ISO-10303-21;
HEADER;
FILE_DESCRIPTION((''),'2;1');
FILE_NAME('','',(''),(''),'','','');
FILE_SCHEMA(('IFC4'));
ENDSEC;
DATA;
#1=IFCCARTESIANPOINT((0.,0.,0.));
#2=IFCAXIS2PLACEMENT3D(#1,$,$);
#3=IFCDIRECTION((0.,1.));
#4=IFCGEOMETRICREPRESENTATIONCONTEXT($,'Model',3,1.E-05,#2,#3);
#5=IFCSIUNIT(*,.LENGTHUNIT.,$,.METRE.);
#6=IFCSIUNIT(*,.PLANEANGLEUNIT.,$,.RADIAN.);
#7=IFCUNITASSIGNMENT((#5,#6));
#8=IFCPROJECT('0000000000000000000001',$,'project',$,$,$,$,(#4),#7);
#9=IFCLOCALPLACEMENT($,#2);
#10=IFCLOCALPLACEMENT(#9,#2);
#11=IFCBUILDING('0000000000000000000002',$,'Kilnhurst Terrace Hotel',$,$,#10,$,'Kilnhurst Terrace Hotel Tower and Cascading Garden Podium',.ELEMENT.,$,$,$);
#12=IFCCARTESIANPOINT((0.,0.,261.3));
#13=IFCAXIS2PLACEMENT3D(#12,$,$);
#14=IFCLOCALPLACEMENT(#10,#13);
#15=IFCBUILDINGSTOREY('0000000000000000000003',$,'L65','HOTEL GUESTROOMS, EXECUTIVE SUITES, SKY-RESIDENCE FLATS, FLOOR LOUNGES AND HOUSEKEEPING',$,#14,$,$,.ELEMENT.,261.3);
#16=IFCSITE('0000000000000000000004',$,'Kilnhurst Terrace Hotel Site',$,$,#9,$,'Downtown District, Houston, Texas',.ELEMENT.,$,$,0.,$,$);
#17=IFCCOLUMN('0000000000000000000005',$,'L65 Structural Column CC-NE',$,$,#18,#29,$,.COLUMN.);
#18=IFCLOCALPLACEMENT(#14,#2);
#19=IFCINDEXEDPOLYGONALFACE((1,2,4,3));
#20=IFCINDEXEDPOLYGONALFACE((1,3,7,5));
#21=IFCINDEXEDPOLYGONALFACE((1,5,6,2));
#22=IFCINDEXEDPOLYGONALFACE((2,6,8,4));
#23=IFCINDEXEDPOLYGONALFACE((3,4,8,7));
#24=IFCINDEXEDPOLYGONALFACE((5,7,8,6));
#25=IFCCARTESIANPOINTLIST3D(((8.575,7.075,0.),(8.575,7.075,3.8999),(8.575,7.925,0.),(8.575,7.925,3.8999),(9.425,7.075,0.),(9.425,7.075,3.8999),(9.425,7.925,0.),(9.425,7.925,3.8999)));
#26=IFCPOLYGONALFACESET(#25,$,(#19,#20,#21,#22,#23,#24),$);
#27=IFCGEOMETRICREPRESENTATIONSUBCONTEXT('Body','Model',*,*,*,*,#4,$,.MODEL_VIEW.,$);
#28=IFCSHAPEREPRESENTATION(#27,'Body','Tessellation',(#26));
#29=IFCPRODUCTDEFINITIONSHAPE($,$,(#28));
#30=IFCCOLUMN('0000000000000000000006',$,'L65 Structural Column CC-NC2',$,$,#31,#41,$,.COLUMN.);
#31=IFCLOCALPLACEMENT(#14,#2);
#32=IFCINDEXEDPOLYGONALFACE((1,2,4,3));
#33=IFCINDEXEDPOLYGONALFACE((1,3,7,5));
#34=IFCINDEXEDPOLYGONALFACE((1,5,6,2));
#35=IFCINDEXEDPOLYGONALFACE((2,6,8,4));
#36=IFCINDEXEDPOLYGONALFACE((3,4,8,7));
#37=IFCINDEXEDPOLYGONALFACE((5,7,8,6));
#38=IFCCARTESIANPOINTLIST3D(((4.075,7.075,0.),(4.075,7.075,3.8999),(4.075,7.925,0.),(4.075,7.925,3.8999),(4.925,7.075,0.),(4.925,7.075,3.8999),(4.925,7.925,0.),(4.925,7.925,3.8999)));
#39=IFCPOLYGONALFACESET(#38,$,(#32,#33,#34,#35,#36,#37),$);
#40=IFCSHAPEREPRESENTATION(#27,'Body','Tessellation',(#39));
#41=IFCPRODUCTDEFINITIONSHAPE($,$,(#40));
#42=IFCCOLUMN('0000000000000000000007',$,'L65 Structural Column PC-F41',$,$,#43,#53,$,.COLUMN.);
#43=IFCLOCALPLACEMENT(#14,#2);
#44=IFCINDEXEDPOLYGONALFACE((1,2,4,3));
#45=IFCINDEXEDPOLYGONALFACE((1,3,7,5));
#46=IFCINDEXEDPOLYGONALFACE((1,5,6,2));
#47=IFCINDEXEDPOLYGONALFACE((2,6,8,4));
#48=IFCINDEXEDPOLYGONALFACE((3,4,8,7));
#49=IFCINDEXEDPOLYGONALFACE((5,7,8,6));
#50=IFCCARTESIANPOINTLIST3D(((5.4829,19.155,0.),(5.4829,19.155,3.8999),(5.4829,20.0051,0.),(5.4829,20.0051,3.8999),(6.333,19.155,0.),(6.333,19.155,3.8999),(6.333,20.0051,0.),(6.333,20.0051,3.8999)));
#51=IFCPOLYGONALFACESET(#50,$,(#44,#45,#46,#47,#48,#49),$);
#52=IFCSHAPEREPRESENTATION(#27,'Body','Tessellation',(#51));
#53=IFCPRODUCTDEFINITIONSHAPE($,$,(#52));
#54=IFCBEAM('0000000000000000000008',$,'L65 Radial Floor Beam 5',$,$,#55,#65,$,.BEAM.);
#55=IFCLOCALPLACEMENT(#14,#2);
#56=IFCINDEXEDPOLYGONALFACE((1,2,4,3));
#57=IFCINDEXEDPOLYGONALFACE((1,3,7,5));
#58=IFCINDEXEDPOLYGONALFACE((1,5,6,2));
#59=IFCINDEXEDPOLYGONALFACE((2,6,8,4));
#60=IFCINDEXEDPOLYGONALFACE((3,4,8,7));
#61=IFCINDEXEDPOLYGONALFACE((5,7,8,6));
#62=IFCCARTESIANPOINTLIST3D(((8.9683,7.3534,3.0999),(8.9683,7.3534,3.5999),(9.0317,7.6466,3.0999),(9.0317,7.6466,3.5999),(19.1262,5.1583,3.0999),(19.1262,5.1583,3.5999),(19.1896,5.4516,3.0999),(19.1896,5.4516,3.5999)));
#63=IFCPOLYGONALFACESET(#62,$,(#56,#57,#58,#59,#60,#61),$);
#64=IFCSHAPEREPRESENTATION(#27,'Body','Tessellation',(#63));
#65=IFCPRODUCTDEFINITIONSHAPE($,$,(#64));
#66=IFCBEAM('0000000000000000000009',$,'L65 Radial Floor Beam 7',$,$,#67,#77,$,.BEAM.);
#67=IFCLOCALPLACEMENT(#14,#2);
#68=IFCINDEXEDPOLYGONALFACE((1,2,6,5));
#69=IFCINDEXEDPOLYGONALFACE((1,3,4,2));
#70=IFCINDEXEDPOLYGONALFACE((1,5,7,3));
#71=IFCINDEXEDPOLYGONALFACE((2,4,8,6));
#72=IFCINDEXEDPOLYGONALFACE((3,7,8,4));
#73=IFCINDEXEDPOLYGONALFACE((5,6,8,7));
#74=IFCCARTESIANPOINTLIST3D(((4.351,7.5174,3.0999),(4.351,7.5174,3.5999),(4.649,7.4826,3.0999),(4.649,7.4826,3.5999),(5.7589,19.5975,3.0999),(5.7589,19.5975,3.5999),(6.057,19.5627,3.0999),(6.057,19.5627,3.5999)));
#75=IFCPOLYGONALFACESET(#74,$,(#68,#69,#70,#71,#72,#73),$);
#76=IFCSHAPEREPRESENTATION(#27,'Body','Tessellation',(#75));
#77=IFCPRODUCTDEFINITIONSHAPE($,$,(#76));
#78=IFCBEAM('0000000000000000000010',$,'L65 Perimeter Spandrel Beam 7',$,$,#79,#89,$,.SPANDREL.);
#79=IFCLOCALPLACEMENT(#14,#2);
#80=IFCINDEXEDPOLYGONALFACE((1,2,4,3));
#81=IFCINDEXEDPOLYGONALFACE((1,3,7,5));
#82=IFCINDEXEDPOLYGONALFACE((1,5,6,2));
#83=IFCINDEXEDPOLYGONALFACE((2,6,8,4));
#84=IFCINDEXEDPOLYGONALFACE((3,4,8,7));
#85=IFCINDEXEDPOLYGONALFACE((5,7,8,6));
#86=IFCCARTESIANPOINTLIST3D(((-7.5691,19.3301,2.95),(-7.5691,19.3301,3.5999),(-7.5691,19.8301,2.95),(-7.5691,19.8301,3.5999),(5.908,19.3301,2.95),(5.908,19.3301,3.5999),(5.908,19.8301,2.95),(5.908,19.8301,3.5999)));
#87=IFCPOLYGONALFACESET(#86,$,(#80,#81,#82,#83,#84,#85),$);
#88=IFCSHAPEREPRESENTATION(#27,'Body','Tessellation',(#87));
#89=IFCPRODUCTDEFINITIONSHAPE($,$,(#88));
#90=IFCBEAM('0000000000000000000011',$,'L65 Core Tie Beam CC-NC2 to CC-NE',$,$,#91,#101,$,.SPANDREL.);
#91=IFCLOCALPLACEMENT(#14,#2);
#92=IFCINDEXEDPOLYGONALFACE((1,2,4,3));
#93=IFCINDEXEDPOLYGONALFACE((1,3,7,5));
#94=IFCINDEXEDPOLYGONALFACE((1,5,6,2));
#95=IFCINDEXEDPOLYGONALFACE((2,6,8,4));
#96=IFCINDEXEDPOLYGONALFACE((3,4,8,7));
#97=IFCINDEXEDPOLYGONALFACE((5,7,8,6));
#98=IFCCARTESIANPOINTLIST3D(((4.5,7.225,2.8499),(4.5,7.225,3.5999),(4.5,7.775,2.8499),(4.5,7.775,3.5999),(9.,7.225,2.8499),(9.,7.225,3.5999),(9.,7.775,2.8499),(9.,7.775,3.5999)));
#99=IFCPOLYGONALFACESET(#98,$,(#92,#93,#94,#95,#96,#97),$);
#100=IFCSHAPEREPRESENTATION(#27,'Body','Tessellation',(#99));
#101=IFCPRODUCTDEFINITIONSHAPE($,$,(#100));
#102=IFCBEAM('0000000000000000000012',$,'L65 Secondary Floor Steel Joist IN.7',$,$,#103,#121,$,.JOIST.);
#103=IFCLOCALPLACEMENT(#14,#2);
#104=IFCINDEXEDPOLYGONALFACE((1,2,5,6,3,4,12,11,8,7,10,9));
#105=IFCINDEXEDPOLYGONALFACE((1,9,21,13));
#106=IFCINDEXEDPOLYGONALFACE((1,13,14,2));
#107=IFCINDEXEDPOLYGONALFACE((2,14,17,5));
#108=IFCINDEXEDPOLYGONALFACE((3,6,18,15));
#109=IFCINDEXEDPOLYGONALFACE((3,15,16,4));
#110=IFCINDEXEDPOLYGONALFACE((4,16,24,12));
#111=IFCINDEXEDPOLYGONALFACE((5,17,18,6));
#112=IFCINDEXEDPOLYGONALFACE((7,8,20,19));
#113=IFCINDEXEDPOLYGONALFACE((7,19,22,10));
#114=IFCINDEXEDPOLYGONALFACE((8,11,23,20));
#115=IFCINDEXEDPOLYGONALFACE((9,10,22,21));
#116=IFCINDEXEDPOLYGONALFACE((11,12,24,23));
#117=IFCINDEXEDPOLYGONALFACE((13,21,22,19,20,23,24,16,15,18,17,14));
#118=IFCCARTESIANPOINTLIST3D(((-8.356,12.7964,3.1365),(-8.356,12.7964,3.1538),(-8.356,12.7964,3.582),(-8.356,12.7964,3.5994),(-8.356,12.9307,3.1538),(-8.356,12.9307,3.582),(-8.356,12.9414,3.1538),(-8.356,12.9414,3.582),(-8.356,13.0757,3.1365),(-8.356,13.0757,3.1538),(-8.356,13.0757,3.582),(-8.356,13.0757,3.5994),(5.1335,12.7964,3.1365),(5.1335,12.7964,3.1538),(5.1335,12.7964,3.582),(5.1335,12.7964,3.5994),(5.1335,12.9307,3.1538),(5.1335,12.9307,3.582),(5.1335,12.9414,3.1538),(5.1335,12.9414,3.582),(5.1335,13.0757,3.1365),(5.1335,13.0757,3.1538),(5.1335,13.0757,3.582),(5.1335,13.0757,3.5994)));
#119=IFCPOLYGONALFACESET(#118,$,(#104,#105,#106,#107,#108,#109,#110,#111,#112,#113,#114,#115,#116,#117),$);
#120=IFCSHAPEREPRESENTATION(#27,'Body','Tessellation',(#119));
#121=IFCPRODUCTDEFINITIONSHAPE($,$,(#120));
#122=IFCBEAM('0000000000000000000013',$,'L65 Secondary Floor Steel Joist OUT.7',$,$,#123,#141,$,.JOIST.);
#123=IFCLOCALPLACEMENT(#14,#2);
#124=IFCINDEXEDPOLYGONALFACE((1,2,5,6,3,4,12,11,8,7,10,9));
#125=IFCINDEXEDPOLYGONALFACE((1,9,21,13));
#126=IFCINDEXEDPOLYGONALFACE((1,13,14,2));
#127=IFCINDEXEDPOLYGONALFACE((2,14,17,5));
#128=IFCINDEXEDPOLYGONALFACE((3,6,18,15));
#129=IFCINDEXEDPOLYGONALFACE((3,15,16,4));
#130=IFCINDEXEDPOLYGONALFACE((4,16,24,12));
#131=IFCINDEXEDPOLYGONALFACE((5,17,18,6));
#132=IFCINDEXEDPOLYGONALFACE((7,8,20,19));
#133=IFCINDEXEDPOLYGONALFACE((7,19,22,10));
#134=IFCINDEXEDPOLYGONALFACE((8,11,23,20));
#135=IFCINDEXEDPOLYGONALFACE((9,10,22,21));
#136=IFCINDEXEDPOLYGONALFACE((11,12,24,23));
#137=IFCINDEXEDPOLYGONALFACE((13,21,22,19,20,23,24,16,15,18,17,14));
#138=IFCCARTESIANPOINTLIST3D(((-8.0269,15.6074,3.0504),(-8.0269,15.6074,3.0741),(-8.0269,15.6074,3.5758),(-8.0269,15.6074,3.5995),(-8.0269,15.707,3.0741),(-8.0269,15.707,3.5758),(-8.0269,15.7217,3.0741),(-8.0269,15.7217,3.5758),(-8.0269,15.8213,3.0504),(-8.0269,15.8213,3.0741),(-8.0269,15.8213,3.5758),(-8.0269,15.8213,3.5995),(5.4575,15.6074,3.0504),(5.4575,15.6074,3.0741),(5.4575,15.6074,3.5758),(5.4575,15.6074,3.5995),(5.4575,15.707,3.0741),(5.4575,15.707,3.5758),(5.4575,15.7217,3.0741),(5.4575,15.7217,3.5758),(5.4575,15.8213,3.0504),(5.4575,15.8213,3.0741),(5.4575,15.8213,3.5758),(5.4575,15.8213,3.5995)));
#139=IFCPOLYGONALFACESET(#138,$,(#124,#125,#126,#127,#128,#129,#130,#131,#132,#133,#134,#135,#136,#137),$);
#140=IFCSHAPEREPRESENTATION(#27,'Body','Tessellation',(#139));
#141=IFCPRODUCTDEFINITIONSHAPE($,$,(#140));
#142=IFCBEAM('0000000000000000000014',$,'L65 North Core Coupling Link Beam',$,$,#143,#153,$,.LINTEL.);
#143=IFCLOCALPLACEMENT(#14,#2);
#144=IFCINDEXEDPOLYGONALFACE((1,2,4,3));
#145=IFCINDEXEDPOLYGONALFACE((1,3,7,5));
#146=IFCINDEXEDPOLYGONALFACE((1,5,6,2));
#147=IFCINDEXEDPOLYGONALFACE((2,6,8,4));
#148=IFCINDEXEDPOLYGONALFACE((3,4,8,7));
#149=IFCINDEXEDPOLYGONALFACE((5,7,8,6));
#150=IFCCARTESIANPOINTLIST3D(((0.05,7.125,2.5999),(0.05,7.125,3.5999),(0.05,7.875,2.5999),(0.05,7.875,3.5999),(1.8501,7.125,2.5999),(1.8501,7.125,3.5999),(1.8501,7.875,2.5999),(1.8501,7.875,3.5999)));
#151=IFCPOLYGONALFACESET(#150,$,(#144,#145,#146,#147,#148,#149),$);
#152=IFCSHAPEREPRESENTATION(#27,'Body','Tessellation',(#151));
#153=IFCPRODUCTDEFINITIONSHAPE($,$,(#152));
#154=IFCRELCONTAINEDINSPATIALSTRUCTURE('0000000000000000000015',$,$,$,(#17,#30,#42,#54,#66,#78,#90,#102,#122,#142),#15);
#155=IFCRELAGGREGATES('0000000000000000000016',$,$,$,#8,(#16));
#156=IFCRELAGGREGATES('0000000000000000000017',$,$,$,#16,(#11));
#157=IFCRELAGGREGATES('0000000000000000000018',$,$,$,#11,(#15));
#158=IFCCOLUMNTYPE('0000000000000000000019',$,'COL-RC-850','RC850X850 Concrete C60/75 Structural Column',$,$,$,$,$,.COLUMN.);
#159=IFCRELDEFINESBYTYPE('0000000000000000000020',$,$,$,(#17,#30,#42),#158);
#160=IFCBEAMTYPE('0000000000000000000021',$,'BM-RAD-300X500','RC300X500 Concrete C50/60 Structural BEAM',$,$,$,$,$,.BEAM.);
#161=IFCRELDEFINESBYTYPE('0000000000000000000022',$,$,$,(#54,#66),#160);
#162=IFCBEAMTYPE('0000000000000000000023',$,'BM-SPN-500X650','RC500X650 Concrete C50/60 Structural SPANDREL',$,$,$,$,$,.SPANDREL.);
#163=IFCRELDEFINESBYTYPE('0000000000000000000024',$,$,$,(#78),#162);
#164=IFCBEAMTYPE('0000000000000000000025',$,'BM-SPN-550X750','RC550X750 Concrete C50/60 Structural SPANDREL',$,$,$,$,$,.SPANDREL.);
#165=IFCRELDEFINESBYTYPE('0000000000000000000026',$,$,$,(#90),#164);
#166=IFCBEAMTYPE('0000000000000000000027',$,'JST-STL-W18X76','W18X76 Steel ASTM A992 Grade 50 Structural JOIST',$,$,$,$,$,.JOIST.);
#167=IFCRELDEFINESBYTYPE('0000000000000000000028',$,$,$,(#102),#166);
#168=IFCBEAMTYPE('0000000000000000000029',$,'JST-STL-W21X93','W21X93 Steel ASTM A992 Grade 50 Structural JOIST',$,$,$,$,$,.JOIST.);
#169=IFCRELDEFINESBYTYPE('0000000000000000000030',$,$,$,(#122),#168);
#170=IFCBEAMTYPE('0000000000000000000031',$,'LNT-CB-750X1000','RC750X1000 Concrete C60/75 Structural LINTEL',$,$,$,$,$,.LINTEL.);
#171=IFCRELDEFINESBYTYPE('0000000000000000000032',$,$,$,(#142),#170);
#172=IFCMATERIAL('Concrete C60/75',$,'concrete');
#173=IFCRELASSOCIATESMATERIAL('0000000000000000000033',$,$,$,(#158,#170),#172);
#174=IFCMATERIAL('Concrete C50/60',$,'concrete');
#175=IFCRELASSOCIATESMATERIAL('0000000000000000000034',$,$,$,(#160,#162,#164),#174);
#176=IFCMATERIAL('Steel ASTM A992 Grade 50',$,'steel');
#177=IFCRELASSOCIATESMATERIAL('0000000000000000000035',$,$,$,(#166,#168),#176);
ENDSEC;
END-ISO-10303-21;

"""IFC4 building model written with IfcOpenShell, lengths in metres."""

from ifc_helpers import new_model, si_unit, direction, frame, origin, origin_2d, place, context, subcontext, project, spatial, rectangle, i_section, extrude, material, material_profile, profile_set, type_object, element, save


model = new_model("IFC4")

# Units and contexts
model_context = context("Model", 3, precision=1e-05, world=origin(), true_north=direction((0.0, 1.0)))
body_context = subcontext(model_context, "Body", "Model", "MODEL_VIEW")
ifc_project = project(units=[si_unit("LENGTHUNIT", "METRE"), si_unit("PLANEANGLEUNIT", "RADIAN")], contexts=[model_context])

# Site, building, storey
site_placement = place(None, origin())
site = spatial("IfcSite", under=ifc_project, at=site_placement, Name="Kilnhurst Terrace Hotel Site", LongName="Downtown District, Houston, Texas", CompositionType="ELEMENT", RefElevation=0.0)
building_placement = place(site_placement, origin())
building = spatial("IfcBuilding", under=site, at=building_placement, Name="Kilnhurst Terrace Hotel", LongName="Kilnhurst Terrace Hotel Tower and Cascading Garden Podium", CompositionType="ELEMENT")
storey_placement = place(building_placement, frame((0.0, 0.0, 261.3)))
storey = spatial("IfcBuildingStorey", under=building, at=storey_placement, Name="L65", Description="HOTEL GUESTROOMS, EXECUTIVE SUITES, SKY-RESIDENCE FLATS, FLOOR LOUNGES AND HOUSEKEEPING", CompositionType="ELEMENT", Elevation=261.3)

# Columns
ifc_material_1 = material(Name="Concrete C60/75", Category="concrete")
ifc_material_profile_1 = material_profile(ifc_material_1, rectangle(XDim=0.8501, YDim=0.8501, at=origin_2d()), Name="RC850X850")
ifc_profile_set_1 = profile_set([ifc_material_profile_1], Name="Concrete C60/75")
column_type = type_object("IfcColumnType", Name="COL-RC-850", Description="RC850X850 Concrete C60/75 Structural Column", PredefinedType="COLUMN", material=ifc_profile_set_1)
for number, where, z_axis, x_axis, name in (
    (1, (9.0, 7.5, 0.0), (0.0, 0.0, 1.0), (1.0, 0.0, 0.0), "L65 Structural Column CC-NE"),
    (2, (4.5, 7.5, 0.0), (0.0, 0.0, 1.0), (1.0, 0.0, 0.0), "L65 Structural Column CC-NC2"),
    (3, (5.908, 19.5801, 0.0), (0.0, 0.0, 1.0), (1.0, 0.0, 0.0), "L65 Structural Column PC-F41"),
):
    element("IfcColumn", number, at=place(storey_placement, frame(where, z_axis=z_axis, x_axis=x_axis)), inside=storey, type_object=column_type, Name=name, PredefinedType="COLUMN", context=body_context, shape_type="SweptSolid", body=[
        extrude(rectangle(XDim=0.8501, YDim=0.8501, at=origin_2d()), origin(), (0.0, 0.0, 1.0), 3.8999),
    ])

# Beams
ifc_material_2 = material(Name="Concrete C50/60", Category="concrete")
ifc_material_profile_2 = material_profile(ifc_material_2, rectangle(XDim=0.3, YDim=0.5, at=origin_2d()), Name="RC300X500")
ifc_profile_set_2 = profile_set([ifc_material_profile_2], Name="Concrete C50/60")
beam_type_1 = type_object("IfcBeamType", Name="BM-RAD-300X500", Description="RC300X500 Concrete C50/60 Structural BEAM", PredefinedType="BEAM", material=ifc_profile_set_2)
beam_1_placement = place(storey_placement, frame((9.0, 7.5, 3.3499), z_axis=(0.977439, -0.211218, 0.0), x_axis=(0.211218, 0.977439, 0.0)))
element("IfcBeam", 4, at=beam_1_placement, inside=storey, type_object=beam_type_1, Name="L65 Radial Floor Beam 5", PredefinedType="BEAM", context=body_context, shape_type="SweptSolid", body=[
    extrude(rectangle(XDim=0.3, YDim=0.5, at=origin_2d()), origin(), (0.0, 0.0, 1.0), 10.3923),
])
beam_2_placement = place(storey_placement, frame((4.5, 7.5, 3.3499), z_axis=(0.115768, 0.993276, 0.0), x_axis=(-0.993276, 0.115768, 0.0)))
element("IfcBeam", 5, at=beam_2_placement, inside=storey, type_object=beam_type_1, Name="L65 Radial Floor Beam 7", PredefinedType="BEAM", context=body_context, shape_type="SweptSolid", body=[
    extrude(rectangle(XDim=0.3, YDim=0.5, at=origin_2d()), origin(), (0.0, 0.0, 1.0), 12.1619),
])
ifc_material_profile_3 = material_profile(ifc_material_2, rectangle(XDim=0.5, YDim=0.6499, at=origin_2d()), Name="RC500X650")
ifc_profile_set_3 = profile_set([ifc_material_profile_3], Name="Concrete C50/60")
beam_type_2 = type_object("IfcBeamType", Name="BM-SPN-500X650", Description="RC500X650 Concrete C50/60 Structural SPANDREL", PredefinedType="SPANDREL", material=ifc_profile_set_3)
beam_3_placement = place(storey_placement, frame((5.908, 19.5801, 3.2749), z_axis=(-1.0, 0.0, 0.0), x_axis=(0.0, -1.0, 0.0)))
element("IfcBeam", 6, at=beam_3_placement, inside=storey, type_object=beam_type_2, Name="L65 Perimeter Spandrel Beam 7", PredefinedType="SPANDREL", context=body_context, shape_type="SweptSolid", body=[
    extrude(rectangle(XDim=0.5, YDim=0.6499, at=origin_2d()), origin(), (0.0, 0.0, 1.0), 13.4771),
])
ifc_material_profile_4 = material_profile(ifc_material_2, rectangle(XDim=0.55, YDim=0.75, at=origin_2d()), Name="RC550X750")
ifc_profile_set_4 = profile_set([ifc_material_profile_4], Name="Concrete C50/60")
beam_type_3 = type_object("IfcBeamType", Name="BM-SPN-550X750", Description="RC550X750 Concrete C50/60 Structural SPANDREL", PredefinedType="SPANDREL", material=ifc_profile_set_4)
beam_4_placement = place(storey_placement, frame((4.5, 7.5, 3.2249), z_axis=(1.0, 0.0, 0.0), x_axis=(0.0, 1.0, 0.0)))
element("IfcBeam", 7, at=beam_4_placement, inside=storey, type_object=beam_type_3, Name="L65 Core Tie Beam CC-NC2 to CC-NE", PredefinedType="SPANDREL", context=body_context, shape_type="SweptSolid", body=[
    extrude(rectangle(XDim=0.55, YDim=0.75, at=origin_2d()), origin(), (0.0, 0.0, 1.0), 4.5),
])
ifc_material_3 = material(Name="Steel ASTM A992 Grade 50", Category="steel")
ifc_material_profile_5 = material_profile(ifc_material_3, i_section(OverallWidth=0.2793, OverallDepth=0.4629, WebThickness=0.0107, FlangeThickness=0.0173, at=origin_2d()), Name="W18X76")
ifc_profile_set_5 = profile_set([ifc_material_profile_5], Name="Steel ASTM A992 Grade 50")
beam_type_4 = type_object("IfcBeamType", Name="JST-STL-W18X76", Description="W18X76 Steel ASTM A992 Grade 50 Structural JOIST", PredefinedType="JOIST", material=ifc_profile_set_5)
beam_5_placement = place(storey_placement, frame((5.1335, 12.936, 3.3679), z_axis=(-1.0, 0.0, 0.0), x_axis=(0.0, -1.0, 0.0)))
element("IfcBeam", 8, at=beam_5_placement, inside=storey, type_object=beam_type_4, Name="L65 Secondary Floor Steel Joist IN.7", PredefinedType="JOIST", context=body_context, shape_type="SweptSolid", body=[
    extrude(i_section(OverallWidth=0.2793, OverallDepth=0.4629, WebThickness=0.0107, FlangeThickness=0.0173, at=origin_2d()), origin(), (0.0, 0.0, 1.0), 13.4895),
])
ifc_material_profile_6 = material_profile(ifc_material_3, i_section(OverallWidth=0.2139, OverallDepth=0.5491, WebThickness=0.0146, FlangeThickness=0.0237, at=origin_2d()), Name="W21X93")
ifc_profile_set_6 = profile_set([ifc_material_profile_6], Name="Steel ASTM A992 Grade 50")
beam_type_5 = type_object("IfcBeamType", Name="JST-STL-W21X93", Description="W21X93 Steel ASTM A992 Grade 50 Structural JOIST", PredefinedType="JOIST", material=ifc_profile_set_6)
beam_6_placement = place(storey_placement, frame((5.4575, 15.7144, 3.325), z_axis=(-1.0, 0.0, 0.0), x_axis=(0.0, -1.0, 0.0)))
element("IfcBeam", 9, at=beam_6_placement, inside=storey, type_object=beam_type_5, Name="L65 Secondary Floor Steel Joist OUT.7", PredefinedType="JOIST", context=body_context, shape_type="SweptSolid", body=[
    extrude(i_section(OverallWidth=0.2139, OverallDepth=0.5491, WebThickness=0.0146, FlangeThickness=0.0237, at=origin_2d()), origin(), (0.0, 0.0, 1.0), 13.4844),
])
ifc_material_profile_7 = material_profile(ifc_material_1, rectangle(XDim=0.75, YDim=1.0, at=origin_2d()), Name="RC750X1000")
ifc_profile_set_7 = profile_set([ifc_material_profile_7], Name="Concrete C60/75")
beam_type_6 = type_object("IfcBeamType", Name="LNT-CB-750X1000", Description="RC750X1000 Concrete C60/75 Structural LINTEL", PredefinedType="LINTEL", material=ifc_profile_set_7)
beam_7_placement = place(storey_placement, frame((0.05, 7.5, 3.0999), z_axis=(1.0, 0.0, 0.0), x_axis=(0.0, 1.0, 0.0)))
element("IfcBeam", 10, at=beam_7_placement, inside=storey, type_object=beam_type_6, Name="L65 North Core Coupling Link Beam", PredefinedType="LINTEL", context=body_context, shape_type="SweptSolid", body=[
    extrude(rectangle(XDim=0.75, YDim=1.0, at=origin_2d()), origin(), (0.0, 0.0, 1.0), 1.8),
])

save(model, "model.ifc")
